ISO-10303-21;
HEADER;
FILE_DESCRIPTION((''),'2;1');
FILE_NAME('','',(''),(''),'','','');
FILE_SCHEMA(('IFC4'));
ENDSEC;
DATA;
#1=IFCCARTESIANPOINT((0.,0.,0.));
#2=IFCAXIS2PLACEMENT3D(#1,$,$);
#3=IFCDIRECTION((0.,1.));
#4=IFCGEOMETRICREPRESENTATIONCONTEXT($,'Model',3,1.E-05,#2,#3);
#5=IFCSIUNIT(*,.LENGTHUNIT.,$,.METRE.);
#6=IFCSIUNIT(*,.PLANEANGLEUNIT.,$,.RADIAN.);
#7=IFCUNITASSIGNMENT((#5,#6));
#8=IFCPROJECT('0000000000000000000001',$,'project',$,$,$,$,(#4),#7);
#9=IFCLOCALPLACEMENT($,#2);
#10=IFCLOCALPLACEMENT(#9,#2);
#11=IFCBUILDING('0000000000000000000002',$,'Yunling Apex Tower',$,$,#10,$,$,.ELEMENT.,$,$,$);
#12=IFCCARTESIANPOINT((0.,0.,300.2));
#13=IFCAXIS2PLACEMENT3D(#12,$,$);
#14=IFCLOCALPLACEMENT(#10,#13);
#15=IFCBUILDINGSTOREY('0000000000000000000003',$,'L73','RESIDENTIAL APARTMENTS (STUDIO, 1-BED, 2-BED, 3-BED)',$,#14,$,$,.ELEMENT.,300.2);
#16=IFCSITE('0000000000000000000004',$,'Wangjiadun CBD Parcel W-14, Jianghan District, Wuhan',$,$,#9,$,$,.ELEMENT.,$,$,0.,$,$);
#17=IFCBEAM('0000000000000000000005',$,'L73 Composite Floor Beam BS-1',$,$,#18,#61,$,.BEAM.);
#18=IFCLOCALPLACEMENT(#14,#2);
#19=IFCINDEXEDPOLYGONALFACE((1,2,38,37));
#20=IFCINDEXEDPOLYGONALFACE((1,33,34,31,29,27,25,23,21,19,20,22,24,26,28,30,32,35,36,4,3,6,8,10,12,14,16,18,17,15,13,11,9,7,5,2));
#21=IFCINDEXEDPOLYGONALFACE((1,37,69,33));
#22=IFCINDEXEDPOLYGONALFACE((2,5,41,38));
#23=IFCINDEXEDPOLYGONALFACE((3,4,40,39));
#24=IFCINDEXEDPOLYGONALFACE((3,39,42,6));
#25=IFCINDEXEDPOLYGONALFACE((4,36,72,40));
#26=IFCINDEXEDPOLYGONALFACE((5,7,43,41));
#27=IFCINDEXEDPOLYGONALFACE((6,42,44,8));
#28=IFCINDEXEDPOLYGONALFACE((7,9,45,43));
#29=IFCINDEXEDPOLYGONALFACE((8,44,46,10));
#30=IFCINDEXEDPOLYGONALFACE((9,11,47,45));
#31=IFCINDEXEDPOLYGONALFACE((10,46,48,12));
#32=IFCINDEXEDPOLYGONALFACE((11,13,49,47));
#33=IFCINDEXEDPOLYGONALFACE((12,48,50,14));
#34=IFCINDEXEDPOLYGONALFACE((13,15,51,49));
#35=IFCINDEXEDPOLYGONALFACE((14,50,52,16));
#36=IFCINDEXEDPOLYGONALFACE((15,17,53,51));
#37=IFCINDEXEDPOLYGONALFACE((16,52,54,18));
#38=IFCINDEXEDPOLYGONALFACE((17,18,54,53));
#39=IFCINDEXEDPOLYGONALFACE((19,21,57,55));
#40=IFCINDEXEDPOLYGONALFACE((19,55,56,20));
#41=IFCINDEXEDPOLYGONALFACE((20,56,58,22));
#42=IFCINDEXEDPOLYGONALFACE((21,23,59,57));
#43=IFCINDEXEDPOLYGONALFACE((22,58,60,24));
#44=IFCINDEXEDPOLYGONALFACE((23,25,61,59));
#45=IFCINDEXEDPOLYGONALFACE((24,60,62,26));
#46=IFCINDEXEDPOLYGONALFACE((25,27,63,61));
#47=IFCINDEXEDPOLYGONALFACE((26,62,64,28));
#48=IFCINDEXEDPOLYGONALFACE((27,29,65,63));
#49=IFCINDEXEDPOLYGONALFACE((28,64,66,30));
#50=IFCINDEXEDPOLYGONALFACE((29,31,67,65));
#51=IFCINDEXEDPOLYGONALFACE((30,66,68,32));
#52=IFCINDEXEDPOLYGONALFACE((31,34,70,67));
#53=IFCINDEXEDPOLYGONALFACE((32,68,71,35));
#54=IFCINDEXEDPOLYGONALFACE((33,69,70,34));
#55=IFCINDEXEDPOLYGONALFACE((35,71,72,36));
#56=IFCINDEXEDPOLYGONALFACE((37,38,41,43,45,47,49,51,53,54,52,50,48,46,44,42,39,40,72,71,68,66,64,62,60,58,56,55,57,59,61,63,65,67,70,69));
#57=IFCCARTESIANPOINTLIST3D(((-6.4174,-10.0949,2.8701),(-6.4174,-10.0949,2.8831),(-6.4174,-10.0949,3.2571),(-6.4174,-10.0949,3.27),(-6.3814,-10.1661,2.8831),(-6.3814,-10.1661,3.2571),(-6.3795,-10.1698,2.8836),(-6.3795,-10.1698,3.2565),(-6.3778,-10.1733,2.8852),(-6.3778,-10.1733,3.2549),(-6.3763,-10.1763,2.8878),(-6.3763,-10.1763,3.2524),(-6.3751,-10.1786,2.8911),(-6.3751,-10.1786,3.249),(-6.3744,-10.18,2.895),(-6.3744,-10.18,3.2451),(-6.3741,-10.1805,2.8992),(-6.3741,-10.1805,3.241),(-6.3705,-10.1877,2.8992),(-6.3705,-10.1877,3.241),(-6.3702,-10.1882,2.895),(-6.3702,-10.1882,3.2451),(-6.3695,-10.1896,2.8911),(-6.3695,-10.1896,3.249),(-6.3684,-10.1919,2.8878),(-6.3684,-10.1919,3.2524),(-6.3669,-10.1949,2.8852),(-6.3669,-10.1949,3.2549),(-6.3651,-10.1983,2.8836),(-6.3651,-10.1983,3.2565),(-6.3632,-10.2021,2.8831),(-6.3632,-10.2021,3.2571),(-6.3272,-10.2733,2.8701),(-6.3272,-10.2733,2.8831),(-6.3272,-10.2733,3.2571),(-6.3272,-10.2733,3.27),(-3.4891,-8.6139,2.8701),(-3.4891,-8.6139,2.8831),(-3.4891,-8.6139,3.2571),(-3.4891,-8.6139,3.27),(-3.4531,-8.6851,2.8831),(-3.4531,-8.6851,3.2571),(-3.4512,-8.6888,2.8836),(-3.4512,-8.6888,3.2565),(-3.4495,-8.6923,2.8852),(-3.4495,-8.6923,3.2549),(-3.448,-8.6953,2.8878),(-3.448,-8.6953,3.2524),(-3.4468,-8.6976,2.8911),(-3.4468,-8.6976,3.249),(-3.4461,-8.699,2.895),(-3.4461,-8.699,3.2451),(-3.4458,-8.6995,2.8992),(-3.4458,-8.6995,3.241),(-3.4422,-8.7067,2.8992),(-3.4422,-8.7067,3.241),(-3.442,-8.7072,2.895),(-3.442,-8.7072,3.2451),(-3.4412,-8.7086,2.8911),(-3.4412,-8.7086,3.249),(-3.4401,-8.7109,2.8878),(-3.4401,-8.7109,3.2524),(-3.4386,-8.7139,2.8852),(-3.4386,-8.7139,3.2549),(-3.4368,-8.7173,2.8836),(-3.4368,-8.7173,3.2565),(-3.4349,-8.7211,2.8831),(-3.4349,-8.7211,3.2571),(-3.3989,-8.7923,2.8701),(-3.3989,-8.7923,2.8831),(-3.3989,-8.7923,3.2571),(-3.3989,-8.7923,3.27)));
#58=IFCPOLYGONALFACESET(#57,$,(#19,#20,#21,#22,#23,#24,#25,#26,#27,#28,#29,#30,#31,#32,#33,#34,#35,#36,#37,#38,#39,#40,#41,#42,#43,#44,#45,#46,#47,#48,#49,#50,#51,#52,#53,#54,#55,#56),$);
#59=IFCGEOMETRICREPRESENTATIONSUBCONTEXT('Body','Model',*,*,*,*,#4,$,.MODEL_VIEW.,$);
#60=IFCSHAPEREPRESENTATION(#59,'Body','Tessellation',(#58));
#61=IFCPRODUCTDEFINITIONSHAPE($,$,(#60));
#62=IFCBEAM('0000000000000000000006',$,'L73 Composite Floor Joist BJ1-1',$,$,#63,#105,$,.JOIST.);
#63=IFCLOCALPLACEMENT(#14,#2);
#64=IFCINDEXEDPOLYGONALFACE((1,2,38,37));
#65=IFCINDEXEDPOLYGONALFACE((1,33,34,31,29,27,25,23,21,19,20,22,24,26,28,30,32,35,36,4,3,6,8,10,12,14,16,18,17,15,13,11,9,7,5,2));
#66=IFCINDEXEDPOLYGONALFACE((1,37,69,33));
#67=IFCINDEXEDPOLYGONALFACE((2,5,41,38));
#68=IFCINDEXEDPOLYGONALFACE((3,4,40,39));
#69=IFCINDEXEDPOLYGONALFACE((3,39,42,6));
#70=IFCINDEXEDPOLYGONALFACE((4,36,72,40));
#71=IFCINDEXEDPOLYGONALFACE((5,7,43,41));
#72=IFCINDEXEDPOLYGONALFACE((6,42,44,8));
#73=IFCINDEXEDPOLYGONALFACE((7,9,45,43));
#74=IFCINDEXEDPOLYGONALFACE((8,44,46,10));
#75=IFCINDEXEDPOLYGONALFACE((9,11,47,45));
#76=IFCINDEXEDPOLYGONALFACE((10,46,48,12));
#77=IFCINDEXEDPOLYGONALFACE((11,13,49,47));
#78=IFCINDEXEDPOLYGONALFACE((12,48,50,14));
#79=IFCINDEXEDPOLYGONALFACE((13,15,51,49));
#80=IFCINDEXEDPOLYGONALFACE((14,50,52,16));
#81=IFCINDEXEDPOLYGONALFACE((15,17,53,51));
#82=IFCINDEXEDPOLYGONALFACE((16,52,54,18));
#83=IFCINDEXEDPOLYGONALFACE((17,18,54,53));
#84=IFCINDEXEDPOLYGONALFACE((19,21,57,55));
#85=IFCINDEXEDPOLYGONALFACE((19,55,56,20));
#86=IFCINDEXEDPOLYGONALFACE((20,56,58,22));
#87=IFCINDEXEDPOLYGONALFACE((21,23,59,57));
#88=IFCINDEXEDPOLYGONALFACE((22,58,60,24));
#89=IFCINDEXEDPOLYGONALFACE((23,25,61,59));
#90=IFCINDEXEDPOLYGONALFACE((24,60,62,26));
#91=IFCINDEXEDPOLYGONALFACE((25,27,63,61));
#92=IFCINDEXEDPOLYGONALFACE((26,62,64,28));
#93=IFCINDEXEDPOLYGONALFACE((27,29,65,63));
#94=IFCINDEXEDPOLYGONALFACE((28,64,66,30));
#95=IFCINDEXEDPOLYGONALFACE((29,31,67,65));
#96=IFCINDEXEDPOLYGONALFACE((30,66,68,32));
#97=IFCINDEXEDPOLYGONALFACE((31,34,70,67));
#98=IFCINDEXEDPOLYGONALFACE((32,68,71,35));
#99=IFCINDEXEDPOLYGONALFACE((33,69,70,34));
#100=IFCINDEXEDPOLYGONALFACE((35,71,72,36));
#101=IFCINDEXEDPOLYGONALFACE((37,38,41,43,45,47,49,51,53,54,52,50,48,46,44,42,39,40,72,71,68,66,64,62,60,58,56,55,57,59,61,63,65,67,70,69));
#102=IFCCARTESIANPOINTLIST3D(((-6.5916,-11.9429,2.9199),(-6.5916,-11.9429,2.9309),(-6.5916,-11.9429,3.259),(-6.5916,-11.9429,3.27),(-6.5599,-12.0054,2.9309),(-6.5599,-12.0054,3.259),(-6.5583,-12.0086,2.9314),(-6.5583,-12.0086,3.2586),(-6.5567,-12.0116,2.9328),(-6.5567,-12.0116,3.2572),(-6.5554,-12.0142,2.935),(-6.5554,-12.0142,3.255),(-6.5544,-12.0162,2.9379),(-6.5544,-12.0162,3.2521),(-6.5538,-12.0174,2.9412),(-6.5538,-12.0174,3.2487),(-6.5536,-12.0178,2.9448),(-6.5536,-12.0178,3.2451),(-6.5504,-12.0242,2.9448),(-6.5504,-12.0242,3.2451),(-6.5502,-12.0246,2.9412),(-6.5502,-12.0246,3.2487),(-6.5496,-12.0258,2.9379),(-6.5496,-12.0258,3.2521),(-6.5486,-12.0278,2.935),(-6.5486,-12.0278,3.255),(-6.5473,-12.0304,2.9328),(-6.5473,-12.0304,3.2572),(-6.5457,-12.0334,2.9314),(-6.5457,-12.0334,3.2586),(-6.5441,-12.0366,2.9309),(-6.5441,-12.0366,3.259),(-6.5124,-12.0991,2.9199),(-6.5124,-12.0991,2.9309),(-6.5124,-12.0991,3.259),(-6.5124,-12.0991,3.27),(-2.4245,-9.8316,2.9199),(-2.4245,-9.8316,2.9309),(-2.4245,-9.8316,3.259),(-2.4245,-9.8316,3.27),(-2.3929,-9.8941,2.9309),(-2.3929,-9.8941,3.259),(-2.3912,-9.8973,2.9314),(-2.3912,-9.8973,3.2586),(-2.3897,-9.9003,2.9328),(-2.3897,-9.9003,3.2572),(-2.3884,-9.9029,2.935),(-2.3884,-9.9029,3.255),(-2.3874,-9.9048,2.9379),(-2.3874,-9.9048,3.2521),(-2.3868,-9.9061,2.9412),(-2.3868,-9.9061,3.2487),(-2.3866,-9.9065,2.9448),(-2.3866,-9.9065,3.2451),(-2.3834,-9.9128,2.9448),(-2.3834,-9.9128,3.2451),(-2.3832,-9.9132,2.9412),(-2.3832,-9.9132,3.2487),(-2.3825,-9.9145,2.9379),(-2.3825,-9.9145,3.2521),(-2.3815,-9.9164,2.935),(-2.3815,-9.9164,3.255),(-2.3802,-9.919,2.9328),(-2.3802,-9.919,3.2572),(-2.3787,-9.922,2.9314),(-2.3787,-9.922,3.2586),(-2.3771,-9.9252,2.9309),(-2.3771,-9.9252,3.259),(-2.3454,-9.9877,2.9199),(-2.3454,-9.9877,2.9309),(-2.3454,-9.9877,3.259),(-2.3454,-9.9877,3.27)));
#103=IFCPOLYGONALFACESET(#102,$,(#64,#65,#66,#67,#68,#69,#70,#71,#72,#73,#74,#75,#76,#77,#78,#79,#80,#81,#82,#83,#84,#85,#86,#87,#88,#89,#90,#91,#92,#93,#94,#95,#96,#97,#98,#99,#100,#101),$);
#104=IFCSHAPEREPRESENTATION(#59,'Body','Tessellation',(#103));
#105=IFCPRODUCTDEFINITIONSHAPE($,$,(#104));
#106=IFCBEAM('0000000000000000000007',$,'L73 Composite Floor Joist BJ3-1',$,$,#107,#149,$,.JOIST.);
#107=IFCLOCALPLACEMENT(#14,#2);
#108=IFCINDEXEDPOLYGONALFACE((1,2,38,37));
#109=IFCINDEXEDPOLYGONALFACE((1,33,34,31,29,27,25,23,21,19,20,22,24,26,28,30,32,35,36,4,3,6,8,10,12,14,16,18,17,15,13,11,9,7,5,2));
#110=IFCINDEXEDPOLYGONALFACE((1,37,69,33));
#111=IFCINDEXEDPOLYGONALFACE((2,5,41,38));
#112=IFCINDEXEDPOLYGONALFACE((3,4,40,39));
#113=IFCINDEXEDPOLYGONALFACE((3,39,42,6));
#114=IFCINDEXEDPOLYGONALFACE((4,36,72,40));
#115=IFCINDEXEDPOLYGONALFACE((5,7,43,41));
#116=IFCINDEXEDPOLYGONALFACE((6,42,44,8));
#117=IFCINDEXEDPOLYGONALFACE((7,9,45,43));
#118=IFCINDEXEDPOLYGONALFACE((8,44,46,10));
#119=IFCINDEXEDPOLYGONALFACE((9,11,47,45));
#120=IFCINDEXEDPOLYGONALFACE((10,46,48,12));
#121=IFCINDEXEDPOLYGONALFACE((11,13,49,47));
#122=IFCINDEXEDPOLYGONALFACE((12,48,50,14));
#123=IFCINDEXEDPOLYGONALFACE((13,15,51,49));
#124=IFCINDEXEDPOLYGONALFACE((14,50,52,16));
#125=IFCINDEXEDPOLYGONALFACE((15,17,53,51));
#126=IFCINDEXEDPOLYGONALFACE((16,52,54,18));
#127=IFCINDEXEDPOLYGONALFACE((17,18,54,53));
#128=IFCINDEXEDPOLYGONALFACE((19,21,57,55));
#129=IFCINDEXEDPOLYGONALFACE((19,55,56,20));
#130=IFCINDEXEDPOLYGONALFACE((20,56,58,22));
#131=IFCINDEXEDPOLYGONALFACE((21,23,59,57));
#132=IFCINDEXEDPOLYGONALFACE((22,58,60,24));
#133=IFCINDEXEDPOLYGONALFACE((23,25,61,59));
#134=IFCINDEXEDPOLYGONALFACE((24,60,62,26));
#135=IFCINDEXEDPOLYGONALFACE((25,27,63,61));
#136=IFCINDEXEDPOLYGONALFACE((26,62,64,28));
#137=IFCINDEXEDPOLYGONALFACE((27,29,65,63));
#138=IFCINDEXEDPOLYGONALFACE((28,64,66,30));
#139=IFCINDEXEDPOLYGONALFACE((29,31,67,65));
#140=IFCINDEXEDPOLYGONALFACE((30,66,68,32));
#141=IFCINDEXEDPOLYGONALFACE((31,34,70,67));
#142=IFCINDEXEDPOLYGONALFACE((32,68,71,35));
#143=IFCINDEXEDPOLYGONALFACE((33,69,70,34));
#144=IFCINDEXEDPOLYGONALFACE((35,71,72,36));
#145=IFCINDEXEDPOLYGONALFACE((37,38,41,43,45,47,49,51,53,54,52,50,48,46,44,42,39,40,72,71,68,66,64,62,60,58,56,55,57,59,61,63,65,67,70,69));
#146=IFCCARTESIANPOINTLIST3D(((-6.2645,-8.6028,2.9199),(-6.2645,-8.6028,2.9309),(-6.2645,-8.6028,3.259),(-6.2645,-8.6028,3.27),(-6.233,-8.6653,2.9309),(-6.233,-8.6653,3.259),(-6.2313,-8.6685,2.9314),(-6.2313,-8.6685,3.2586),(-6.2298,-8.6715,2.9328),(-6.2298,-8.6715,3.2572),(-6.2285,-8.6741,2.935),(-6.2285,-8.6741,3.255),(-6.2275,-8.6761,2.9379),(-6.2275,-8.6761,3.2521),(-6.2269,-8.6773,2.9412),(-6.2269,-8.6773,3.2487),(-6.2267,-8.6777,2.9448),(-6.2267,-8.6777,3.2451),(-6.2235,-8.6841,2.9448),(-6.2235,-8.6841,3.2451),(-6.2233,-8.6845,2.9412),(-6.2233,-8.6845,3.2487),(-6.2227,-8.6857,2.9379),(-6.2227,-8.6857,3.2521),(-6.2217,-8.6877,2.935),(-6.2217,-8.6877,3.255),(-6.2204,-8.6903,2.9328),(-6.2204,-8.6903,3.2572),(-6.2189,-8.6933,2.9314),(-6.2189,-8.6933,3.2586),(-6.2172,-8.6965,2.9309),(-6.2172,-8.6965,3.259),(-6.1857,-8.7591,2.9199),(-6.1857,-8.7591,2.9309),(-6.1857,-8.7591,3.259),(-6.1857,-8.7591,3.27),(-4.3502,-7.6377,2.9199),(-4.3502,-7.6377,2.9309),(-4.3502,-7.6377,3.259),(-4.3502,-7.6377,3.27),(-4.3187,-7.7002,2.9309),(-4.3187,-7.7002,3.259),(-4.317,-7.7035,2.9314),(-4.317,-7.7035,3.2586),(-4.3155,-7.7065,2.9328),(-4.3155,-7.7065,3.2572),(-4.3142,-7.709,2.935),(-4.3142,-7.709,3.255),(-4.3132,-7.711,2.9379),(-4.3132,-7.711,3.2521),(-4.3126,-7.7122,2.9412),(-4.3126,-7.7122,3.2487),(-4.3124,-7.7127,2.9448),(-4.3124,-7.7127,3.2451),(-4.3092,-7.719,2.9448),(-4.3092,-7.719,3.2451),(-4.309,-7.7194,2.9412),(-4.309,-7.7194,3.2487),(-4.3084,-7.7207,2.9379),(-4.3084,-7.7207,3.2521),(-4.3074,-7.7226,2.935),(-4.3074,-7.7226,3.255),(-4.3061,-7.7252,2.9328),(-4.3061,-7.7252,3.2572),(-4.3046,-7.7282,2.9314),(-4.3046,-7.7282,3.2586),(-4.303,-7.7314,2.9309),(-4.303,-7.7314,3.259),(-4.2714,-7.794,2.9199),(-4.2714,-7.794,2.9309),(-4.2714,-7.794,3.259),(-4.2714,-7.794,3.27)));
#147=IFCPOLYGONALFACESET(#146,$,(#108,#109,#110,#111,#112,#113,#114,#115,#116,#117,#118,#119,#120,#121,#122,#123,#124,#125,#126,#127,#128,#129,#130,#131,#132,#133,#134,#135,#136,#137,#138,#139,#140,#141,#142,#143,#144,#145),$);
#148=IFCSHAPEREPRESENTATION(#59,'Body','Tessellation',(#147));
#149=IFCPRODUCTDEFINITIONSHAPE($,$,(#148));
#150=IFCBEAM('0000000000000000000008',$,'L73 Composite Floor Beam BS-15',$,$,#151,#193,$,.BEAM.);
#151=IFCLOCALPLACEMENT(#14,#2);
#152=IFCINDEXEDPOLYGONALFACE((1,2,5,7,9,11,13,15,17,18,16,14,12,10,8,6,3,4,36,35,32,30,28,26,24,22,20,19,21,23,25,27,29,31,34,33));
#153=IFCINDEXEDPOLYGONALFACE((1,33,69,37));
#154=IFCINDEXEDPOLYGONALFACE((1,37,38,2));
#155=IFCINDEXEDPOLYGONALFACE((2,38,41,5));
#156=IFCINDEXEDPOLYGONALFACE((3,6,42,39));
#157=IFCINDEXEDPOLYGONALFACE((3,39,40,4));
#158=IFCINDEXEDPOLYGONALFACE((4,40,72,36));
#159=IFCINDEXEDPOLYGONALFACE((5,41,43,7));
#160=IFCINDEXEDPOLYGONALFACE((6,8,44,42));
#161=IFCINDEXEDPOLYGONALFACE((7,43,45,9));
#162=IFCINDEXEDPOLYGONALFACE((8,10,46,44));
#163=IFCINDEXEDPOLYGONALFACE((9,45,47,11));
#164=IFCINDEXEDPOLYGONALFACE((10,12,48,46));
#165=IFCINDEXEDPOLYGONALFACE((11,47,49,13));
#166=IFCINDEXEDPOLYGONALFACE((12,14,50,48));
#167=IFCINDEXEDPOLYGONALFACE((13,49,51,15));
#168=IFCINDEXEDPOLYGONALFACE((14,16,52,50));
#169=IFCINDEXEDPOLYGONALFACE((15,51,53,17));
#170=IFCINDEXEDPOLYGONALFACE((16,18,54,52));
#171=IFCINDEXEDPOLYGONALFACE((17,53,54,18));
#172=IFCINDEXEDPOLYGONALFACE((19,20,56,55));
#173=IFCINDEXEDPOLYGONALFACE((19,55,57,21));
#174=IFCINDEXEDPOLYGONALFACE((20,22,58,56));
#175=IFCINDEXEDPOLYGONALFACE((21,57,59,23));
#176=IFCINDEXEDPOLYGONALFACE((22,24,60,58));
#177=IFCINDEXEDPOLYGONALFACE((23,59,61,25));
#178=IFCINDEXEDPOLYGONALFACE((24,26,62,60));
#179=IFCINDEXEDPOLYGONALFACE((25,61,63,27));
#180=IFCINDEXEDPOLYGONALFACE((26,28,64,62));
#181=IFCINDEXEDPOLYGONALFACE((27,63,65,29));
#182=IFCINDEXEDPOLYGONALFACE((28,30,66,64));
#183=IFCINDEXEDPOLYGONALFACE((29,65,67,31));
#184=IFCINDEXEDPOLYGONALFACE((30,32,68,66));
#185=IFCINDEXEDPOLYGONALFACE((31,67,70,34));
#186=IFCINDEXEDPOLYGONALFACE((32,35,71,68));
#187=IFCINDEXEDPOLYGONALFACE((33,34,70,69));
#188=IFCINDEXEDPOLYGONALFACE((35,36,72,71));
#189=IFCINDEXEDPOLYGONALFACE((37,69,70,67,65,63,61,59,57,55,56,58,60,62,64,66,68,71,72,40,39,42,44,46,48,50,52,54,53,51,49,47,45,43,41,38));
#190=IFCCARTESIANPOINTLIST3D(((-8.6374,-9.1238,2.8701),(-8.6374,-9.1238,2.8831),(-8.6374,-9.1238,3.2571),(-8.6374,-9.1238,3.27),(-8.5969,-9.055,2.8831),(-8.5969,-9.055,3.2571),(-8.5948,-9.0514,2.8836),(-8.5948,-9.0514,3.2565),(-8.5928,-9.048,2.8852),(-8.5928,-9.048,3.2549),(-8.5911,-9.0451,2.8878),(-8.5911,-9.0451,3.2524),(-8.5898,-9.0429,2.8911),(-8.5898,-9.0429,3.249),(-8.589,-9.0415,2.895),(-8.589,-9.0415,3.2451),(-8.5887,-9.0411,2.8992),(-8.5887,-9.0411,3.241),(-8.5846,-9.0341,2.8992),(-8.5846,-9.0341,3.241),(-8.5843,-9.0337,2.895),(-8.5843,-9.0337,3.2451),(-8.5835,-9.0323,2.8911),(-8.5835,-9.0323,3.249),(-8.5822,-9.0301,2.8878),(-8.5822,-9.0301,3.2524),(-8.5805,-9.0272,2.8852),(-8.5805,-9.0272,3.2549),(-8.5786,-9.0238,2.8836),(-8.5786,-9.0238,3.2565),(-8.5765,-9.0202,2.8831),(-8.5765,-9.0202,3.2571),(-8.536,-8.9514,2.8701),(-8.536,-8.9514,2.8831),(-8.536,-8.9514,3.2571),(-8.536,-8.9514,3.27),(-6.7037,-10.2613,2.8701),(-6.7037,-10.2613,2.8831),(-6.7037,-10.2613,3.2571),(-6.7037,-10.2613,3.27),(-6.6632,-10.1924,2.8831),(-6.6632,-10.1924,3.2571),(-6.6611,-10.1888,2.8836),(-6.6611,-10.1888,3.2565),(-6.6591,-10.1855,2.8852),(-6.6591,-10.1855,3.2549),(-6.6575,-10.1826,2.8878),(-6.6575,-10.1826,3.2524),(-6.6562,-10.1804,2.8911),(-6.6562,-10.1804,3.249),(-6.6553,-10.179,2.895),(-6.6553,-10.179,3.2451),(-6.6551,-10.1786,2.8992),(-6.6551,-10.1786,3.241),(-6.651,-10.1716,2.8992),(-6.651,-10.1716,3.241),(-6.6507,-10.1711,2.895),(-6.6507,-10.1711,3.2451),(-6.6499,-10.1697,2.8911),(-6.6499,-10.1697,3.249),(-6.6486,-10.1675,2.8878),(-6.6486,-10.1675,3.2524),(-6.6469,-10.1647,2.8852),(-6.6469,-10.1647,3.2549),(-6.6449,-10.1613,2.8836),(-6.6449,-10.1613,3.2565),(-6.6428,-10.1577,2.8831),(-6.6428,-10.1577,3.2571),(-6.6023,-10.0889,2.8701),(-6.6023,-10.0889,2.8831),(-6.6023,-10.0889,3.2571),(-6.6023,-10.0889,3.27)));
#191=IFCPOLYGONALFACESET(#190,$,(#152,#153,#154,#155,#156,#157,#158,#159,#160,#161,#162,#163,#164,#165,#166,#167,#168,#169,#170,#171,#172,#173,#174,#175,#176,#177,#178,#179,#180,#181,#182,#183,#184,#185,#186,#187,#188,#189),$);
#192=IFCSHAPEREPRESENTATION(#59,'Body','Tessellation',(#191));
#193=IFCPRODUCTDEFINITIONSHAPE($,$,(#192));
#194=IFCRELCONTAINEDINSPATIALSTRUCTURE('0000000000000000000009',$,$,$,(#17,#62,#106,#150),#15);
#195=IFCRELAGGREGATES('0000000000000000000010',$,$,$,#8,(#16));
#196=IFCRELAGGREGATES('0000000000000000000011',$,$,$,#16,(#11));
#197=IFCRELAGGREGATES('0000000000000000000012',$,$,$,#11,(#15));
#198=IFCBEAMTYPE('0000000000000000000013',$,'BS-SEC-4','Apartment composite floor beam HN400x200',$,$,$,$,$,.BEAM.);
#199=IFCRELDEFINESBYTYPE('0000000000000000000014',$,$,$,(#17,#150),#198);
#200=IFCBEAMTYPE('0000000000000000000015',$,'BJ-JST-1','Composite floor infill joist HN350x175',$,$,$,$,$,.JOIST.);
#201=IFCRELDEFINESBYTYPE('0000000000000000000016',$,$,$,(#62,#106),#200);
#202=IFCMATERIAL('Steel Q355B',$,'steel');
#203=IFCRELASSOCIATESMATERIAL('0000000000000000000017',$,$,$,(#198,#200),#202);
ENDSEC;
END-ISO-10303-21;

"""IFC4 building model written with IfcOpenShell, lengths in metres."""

from ifc_helpers import new_model, si_unit, direction, frame, origin, origin_2d, place, context, subcontext, project, spatial, i_section, extrude, source, transform, mapped, material, material_profile, profile_set, type_object, element, save


model = new_model("IFC4")

# Units and contexts
model_context = context("Model", 3, precision=1e-05, world=origin(), true_north=direction((0.0, 1.0)))
body_context = subcontext(model_context, "Body", "Model", "MODEL_VIEW")
ifc_project = project(units=[si_unit("LENGTHUNIT", "METRE"), si_unit("PLANEANGLEUNIT", "RADIAN")], contexts=[model_context])

# Site, building, storey
site_placement = place(None, origin())
site = spatial("IfcSite", under=ifc_project, at=site_placement, Name="Wangjiadun CBD Parcel W-14, Jianghan District, Wuhan", CompositionType="ELEMENT", RefElevation=0.0)
building_placement = place(site_placement, origin())
building = spatial("IfcBuilding", under=site, at=building_placement, Name="Yunling Apex Tower", CompositionType="ELEMENT")
storey_placement = place(building_placement, frame((0.0, 0.0, 300.2)))
storey = spatial("IfcBuildingStorey", under=building, at=storey_placement, Name="L73", Description="RESIDENTIAL APARTMENTS (STUDIO, 1-BED, 2-BED, 3-BED)", CompositionType="ELEMENT", Elevation=300.2)

# Shared definitions
ifc_material_1 = material(Name="Steel Q355B", Category="steel")

# Beams
ifc_material_profile_1 = material_profile(ifc_material_1, i_section(OverallWidth=0.2, OverallDepth=0.3999, WebThickness=0.0081, FlangeThickness=0.0129, FilletRadius=0.0161, at=origin_2d()))
ifc_profile_set_1 = profile_set([ifc_material_profile_1], Name="Steel Q355B")
beam_type_1 = type_object("IfcBeamType", Name="BS-SEC-4", Description="Apartment composite floor beam HN400x200", PredefinedType="BEAM", material=ifc_profile_set_1)
shared_shape_1 = source(origin(), body_context, "Body", "SweptSolid", [
    extrude(i_section(OverallWidth=0.2, OverallDepth=0.3999, WebThickness=0.0081, FlangeThickness=0.0129, FilletRadius=0.0161, at=origin_2d()), origin(), (0.0, 0.0, 1.0), 3.2815),
])
beam_1_placement = place(storey_placement, frame((-6.3723, -10.1841, 3.0701), z_axis=(0.892364, 0.451316, 0.0), x_axis=(-0.451316, 0.892364, 0.0)))
element("IfcBeam", 1, at=beam_1_placement, inside=storey, type_object=beam_type_1, Name="L73 Composite Floor Beam BS-1", PredefinedType="BEAM", context=body_context, shape_type="MappedRepresentation", body=[
    mapped(shared_shape_1, transform((0.0, 0.0, 0.0), scale=1.0)),
])
ifc_material_profile_2 = material_profile(ifc_material_1, i_section(OverallWidth=0.175, OverallDepth=0.3501, WebThickness=0.0071, FlangeThickness=0.011, FilletRadius=0.0139, at=origin_2d()))
ifc_profile_set_2 = profile_set([ifc_material_profile_2], Name="Steel Q355B")
beam_type_2 = type_object("IfcBeamType", Name="BJ-JST-1", Description="Composite floor infill joist HN350x175", PredefinedType="JOIST", material=ifc_profile_set_2)
shared_shape_2 = source(origin(), body_context, "Body", "SweptSolid", [
    extrude(i_section(OverallWidth=0.175, OverallDepth=0.3501, WebThickness=0.0071, FlangeThickness=0.011, FilletRadius=0.0139, at=origin_2d()), origin(), (0.0, 0.0, 1.0), 4.6714),
])
beam_2_placement = place(storey_placement, frame((-6.552, -12.021, 3.095), z_axis=(0.892031, 0.451974, 0.0), x_axis=(-0.451974, 0.892031, 0.0)))
element("IfcBeam", 2, at=beam_2_placement, inside=storey, type_object=beam_type_2, Name="L73 Composite Floor Joist BJ1-1", PredefinedType="JOIST", context=body_context, shape_type="MappedRepresentation", body=[
    mapped(shared_shape_2, transform((0.0, 0.0, 0.0), scale=1.0)),
])
shared_shape_3 = source(origin(), body_context, "Body", "SweptSolid", [
    extrude(i_section(OverallWidth=0.175, OverallDepth=0.3501, WebThickness=0.0071, FlangeThickness=0.011, FilletRadius=0.0139, at=origin_2d()), origin(), (0.0, 0.0, 1.0), 2.1438),
])
beam_3_placement = place(storey_placement, frame((-6.2251, -8.6809, 3.095), z_axis=(0.892942, 0.450172, 0.0), x_axis=(-0.450172, 0.892942, 0.0)))
element("IfcBeam", 3, at=beam_3_placement, inside=storey, type_object=beam_type_2, Name="L73 Composite Floor Joist BJ3-1", PredefinedType="JOIST", context=body_context, shape_type="MappedRepresentation", body=[
    mapped(shared_shape_3, transform((0.0, 0.0, 0.0), scale=1.0)),
])
shared_shape_4 = source(origin(), body_context, "Body", "SweptSolid", [
    extrude(i_section(OverallWidth=0.2, OverallDepth=0.3999, WebThickness=0.0081, FlangeThickness=0.0129, FilletRadius=0.0161, at=origin_2d()), origin(), (0.0, 0.0, 1.0), 2.2434),
])
beam_4_placement = place(storey_placement, frame((-8.5867, -9.0376, 3.0701), z_axis=(0.861926, -0.507034, 0.0), x_axis=(0.507034, 0.861926, 0.0)))
element("IfcBeam", 4, at=beam_4_placement, inside=storey, type_object=beam_type_1, Name="L73 Composite Floor Beam BS-15", PredefinedType="BEAM", context=body_context, shape_type="MappedRepresentation", body=[
    mapped(shared_shape_4, transform((0.0, 0.0, 0.0), scale=1.0)),
])

save(model, "model.ifc")
